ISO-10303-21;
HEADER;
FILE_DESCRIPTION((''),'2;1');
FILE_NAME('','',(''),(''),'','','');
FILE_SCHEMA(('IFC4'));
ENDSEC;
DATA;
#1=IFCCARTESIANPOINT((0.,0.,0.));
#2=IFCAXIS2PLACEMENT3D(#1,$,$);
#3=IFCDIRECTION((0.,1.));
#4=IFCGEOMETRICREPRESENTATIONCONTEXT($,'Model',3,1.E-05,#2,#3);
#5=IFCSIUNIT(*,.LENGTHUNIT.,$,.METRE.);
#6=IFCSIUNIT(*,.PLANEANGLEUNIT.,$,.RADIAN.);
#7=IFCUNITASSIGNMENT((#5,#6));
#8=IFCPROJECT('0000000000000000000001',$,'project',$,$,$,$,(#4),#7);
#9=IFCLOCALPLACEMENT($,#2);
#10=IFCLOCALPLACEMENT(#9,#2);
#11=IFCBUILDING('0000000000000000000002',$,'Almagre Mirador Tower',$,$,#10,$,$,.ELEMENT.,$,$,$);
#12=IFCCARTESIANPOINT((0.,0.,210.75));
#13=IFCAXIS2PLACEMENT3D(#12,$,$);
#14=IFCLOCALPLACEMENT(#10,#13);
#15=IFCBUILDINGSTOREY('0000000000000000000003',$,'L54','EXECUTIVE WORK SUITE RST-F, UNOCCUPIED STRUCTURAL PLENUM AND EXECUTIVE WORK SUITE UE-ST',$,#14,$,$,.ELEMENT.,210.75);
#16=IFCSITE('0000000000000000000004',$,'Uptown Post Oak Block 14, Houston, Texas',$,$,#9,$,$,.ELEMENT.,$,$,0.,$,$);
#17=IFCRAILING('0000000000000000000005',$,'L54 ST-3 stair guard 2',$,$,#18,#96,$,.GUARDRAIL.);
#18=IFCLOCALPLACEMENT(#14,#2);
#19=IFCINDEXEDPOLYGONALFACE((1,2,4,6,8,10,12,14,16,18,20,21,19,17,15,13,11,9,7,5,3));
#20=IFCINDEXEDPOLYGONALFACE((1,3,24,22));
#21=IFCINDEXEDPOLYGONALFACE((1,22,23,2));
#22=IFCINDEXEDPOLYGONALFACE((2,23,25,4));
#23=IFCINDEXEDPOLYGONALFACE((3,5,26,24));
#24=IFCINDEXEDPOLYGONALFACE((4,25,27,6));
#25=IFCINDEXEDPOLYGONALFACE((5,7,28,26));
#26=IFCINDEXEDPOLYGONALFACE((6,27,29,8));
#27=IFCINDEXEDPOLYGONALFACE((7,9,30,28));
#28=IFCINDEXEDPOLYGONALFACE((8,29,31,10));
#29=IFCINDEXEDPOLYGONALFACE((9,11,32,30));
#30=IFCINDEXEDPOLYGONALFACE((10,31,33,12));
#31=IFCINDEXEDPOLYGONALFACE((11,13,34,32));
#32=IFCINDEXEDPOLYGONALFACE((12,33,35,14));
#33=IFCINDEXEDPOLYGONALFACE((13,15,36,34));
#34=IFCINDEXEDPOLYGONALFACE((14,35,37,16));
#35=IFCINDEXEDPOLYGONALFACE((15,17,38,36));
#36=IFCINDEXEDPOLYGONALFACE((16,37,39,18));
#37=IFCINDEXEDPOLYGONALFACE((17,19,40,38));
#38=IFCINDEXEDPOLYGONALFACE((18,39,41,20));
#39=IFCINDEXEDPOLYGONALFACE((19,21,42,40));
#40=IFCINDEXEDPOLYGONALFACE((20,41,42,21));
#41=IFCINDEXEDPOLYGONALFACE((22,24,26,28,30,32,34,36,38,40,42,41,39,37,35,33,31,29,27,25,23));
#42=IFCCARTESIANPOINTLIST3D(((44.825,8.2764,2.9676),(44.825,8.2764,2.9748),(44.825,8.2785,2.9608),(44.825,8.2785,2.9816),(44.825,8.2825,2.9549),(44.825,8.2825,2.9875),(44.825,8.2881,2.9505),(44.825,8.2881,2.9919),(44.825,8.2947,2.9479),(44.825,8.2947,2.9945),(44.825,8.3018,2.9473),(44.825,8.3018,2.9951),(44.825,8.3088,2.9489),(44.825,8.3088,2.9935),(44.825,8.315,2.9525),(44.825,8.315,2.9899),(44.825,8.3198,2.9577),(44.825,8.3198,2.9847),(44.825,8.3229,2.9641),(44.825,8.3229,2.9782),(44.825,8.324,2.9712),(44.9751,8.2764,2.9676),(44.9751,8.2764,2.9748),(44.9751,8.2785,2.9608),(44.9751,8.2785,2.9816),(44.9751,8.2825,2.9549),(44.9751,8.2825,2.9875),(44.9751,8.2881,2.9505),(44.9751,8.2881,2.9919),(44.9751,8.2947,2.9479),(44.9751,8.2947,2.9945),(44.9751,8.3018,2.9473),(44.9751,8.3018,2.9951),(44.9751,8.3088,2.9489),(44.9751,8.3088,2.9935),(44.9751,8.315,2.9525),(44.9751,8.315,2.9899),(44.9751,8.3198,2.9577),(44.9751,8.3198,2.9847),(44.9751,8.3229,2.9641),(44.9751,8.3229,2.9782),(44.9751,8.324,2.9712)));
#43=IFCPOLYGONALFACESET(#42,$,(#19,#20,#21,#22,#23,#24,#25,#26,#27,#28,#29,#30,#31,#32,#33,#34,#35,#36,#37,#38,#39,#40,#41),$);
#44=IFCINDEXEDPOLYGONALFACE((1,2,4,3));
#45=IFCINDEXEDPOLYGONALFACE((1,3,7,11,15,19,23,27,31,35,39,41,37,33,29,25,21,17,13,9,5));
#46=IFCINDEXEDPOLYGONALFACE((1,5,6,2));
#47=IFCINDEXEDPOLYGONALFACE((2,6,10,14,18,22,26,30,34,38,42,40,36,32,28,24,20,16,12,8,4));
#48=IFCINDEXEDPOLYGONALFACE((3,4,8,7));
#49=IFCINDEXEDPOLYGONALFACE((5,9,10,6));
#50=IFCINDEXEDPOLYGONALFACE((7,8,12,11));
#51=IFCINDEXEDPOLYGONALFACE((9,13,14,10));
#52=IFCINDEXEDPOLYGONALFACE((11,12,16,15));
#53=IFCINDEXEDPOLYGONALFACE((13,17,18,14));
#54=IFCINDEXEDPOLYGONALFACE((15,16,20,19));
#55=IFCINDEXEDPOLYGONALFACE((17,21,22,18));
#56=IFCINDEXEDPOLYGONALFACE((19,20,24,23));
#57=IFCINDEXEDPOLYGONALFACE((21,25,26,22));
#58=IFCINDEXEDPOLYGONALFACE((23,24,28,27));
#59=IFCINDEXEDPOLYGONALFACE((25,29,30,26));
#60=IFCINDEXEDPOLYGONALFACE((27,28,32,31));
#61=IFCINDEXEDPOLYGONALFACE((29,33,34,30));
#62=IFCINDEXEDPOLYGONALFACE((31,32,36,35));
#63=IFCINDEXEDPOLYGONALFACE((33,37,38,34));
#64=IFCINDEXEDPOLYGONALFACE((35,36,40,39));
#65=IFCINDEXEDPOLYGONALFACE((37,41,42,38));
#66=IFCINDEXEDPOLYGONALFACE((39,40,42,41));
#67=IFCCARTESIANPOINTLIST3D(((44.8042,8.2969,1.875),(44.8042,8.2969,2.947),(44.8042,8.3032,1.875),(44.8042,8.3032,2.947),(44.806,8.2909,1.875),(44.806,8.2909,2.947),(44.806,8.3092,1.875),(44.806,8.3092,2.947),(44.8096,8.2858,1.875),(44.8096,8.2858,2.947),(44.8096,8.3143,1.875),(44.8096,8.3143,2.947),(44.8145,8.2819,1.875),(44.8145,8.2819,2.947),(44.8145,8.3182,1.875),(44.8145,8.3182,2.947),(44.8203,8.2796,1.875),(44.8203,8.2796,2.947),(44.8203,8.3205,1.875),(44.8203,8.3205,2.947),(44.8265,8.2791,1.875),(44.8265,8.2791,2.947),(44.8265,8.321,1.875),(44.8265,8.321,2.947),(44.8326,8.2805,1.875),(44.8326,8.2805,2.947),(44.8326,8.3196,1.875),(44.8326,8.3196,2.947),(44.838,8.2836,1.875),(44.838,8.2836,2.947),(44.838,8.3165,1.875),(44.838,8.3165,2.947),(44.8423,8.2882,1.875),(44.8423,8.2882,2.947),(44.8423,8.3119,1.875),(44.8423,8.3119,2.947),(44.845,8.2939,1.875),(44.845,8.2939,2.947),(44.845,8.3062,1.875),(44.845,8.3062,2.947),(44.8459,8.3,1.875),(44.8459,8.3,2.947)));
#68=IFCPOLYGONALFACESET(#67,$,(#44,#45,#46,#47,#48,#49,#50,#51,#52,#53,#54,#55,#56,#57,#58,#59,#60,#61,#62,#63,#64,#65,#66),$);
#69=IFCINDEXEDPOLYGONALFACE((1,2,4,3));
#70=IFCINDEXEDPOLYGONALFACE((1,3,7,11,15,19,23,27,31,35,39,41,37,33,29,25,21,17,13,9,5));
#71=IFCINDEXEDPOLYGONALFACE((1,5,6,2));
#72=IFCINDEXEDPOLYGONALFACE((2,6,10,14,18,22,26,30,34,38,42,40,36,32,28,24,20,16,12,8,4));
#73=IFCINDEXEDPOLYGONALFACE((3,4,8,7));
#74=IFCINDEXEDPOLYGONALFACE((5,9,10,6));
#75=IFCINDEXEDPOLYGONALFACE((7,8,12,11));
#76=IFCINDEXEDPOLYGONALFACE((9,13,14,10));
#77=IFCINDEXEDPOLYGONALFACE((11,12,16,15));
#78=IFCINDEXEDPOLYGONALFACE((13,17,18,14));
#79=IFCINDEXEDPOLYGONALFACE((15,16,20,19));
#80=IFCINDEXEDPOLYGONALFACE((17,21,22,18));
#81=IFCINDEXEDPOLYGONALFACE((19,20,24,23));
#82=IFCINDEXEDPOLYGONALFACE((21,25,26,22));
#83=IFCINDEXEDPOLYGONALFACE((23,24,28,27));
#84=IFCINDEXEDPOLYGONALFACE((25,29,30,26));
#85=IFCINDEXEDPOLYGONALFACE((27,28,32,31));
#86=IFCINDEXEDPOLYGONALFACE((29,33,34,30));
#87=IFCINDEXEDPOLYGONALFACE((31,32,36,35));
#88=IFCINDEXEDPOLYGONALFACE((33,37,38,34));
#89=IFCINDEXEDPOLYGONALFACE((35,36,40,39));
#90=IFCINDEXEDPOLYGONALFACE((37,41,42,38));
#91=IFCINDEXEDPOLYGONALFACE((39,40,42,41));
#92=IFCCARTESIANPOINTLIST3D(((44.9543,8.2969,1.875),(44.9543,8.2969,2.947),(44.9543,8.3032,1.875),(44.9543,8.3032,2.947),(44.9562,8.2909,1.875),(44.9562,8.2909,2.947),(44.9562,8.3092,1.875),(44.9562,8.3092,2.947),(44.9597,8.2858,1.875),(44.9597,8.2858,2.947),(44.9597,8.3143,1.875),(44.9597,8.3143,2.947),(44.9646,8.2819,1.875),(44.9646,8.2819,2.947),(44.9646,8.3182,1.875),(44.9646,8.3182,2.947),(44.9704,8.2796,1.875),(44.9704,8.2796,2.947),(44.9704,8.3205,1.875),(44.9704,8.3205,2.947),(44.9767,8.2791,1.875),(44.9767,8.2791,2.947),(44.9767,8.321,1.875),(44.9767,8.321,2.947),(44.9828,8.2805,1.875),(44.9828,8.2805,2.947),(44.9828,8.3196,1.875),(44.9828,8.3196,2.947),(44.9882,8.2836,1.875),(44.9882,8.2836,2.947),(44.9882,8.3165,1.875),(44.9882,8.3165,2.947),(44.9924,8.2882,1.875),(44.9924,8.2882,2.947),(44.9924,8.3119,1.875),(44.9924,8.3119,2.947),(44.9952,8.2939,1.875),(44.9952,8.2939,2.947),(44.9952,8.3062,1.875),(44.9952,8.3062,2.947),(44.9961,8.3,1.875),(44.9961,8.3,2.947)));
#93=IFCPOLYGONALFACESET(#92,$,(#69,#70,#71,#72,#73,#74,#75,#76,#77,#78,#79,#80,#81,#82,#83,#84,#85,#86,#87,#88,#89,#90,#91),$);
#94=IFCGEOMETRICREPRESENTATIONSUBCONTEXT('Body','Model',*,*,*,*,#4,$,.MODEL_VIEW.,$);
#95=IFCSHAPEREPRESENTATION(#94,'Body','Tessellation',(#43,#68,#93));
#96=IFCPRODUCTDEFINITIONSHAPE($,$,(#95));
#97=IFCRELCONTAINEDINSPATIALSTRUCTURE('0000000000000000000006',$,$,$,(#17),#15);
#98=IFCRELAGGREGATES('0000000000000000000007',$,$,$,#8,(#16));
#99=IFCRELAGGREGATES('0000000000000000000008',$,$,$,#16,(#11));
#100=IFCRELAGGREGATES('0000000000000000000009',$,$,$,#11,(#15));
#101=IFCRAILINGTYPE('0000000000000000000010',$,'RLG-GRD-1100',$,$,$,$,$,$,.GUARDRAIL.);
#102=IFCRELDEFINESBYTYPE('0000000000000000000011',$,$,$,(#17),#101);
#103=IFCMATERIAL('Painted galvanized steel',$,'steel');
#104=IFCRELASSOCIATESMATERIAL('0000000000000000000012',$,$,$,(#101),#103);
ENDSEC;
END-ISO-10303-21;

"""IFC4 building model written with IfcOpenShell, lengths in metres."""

from ifc_helpers import new_model, si_unit, direction, frame, origin, origin_2d, place, context, subcontext, project, spatial, circle, extrude, material, type_object, element, save


model = new_model("IFC4")

# Units and contexts
model_context = context("Model", 3, precision=1e-05, world=origin(), true_north=direction((0.0, 1.0)))
body_context = subcontext(model_context, "Body", "Model", "MODEL_VIEW")
ifc_project = project(units=[si_unit("LENGTHUNIT", "METRE"), si_unit("PLANEANGLEUNIT", "RADIAN")], contexts=[model_context])

# Site, building, storey
site_placement = place(None, origin())
site = spatial("IfcSite", under=ifc_project, at=site_placement, Name="Uptown Post Oak Block 14, Houston, Texas", CompositionType="ELEMENT", RefElevation=0.0)
building_placement = place(site_placement, origin())
building = spatial("IfcBuilding", under=site, at=building_placement, Name="Almagre Mirador Tower", CompositionType="ELEMENT")
storey_placement = place(building_placement, frame((0.0, 0.0, 210.75)))
storey = spatial("IfcBuildingStorey", under=building, at=storey_placement, Name="L54", Description="EXECUTIVE WORK SUITE RST-F, UNOCCUPIED STRUCTURAL PLENUM AND EXECUTIVE WORK SUITE UE-ST", CompositionType="ELEMENT", Elevation=210.75)

# Railing
ifc_material_1 = material(Name="Painted galvanized steel", Category="steel")
railing_type_1 = type_object("IfcRailingType", Name="RLG-GRD-1100", PredefinedType="GUARDRAIL", material=ifc_material_1)
railing_1_placement = place(storey_placement, frame((44.825, 8.3, 1.875)))
element("IfcRailing", 1, at=railing_1_placement, inside=storey, type_object=railing_type_1, Name="L54 ST-3 stair guard 2", PredefinedType="GUARDRAIL", context=body_context, shape_type="SweptSolid", body=[
    extrude(circle(Radius=0.0239, at=origin_2d()), frame((0.0, 0.0, 1.0962), z_axis=(1.0, 0.0, 0.0), x_axis=(0.0, 1.0, 0.0)), (0.0, 0.0, 1.0), 0.1501),
    extrude(circle(Radius=0.021, at=origin_2d()), origin(), (0.0, 0.0, 1.0), 1.072),
    extrude(circle(Radius=0.021, at=origin_2d()), frame((0.1501, 0.0, 0.0)), (0.0, 0.0, 1.0), 1.072),
])

save(model, "model.ifc")
